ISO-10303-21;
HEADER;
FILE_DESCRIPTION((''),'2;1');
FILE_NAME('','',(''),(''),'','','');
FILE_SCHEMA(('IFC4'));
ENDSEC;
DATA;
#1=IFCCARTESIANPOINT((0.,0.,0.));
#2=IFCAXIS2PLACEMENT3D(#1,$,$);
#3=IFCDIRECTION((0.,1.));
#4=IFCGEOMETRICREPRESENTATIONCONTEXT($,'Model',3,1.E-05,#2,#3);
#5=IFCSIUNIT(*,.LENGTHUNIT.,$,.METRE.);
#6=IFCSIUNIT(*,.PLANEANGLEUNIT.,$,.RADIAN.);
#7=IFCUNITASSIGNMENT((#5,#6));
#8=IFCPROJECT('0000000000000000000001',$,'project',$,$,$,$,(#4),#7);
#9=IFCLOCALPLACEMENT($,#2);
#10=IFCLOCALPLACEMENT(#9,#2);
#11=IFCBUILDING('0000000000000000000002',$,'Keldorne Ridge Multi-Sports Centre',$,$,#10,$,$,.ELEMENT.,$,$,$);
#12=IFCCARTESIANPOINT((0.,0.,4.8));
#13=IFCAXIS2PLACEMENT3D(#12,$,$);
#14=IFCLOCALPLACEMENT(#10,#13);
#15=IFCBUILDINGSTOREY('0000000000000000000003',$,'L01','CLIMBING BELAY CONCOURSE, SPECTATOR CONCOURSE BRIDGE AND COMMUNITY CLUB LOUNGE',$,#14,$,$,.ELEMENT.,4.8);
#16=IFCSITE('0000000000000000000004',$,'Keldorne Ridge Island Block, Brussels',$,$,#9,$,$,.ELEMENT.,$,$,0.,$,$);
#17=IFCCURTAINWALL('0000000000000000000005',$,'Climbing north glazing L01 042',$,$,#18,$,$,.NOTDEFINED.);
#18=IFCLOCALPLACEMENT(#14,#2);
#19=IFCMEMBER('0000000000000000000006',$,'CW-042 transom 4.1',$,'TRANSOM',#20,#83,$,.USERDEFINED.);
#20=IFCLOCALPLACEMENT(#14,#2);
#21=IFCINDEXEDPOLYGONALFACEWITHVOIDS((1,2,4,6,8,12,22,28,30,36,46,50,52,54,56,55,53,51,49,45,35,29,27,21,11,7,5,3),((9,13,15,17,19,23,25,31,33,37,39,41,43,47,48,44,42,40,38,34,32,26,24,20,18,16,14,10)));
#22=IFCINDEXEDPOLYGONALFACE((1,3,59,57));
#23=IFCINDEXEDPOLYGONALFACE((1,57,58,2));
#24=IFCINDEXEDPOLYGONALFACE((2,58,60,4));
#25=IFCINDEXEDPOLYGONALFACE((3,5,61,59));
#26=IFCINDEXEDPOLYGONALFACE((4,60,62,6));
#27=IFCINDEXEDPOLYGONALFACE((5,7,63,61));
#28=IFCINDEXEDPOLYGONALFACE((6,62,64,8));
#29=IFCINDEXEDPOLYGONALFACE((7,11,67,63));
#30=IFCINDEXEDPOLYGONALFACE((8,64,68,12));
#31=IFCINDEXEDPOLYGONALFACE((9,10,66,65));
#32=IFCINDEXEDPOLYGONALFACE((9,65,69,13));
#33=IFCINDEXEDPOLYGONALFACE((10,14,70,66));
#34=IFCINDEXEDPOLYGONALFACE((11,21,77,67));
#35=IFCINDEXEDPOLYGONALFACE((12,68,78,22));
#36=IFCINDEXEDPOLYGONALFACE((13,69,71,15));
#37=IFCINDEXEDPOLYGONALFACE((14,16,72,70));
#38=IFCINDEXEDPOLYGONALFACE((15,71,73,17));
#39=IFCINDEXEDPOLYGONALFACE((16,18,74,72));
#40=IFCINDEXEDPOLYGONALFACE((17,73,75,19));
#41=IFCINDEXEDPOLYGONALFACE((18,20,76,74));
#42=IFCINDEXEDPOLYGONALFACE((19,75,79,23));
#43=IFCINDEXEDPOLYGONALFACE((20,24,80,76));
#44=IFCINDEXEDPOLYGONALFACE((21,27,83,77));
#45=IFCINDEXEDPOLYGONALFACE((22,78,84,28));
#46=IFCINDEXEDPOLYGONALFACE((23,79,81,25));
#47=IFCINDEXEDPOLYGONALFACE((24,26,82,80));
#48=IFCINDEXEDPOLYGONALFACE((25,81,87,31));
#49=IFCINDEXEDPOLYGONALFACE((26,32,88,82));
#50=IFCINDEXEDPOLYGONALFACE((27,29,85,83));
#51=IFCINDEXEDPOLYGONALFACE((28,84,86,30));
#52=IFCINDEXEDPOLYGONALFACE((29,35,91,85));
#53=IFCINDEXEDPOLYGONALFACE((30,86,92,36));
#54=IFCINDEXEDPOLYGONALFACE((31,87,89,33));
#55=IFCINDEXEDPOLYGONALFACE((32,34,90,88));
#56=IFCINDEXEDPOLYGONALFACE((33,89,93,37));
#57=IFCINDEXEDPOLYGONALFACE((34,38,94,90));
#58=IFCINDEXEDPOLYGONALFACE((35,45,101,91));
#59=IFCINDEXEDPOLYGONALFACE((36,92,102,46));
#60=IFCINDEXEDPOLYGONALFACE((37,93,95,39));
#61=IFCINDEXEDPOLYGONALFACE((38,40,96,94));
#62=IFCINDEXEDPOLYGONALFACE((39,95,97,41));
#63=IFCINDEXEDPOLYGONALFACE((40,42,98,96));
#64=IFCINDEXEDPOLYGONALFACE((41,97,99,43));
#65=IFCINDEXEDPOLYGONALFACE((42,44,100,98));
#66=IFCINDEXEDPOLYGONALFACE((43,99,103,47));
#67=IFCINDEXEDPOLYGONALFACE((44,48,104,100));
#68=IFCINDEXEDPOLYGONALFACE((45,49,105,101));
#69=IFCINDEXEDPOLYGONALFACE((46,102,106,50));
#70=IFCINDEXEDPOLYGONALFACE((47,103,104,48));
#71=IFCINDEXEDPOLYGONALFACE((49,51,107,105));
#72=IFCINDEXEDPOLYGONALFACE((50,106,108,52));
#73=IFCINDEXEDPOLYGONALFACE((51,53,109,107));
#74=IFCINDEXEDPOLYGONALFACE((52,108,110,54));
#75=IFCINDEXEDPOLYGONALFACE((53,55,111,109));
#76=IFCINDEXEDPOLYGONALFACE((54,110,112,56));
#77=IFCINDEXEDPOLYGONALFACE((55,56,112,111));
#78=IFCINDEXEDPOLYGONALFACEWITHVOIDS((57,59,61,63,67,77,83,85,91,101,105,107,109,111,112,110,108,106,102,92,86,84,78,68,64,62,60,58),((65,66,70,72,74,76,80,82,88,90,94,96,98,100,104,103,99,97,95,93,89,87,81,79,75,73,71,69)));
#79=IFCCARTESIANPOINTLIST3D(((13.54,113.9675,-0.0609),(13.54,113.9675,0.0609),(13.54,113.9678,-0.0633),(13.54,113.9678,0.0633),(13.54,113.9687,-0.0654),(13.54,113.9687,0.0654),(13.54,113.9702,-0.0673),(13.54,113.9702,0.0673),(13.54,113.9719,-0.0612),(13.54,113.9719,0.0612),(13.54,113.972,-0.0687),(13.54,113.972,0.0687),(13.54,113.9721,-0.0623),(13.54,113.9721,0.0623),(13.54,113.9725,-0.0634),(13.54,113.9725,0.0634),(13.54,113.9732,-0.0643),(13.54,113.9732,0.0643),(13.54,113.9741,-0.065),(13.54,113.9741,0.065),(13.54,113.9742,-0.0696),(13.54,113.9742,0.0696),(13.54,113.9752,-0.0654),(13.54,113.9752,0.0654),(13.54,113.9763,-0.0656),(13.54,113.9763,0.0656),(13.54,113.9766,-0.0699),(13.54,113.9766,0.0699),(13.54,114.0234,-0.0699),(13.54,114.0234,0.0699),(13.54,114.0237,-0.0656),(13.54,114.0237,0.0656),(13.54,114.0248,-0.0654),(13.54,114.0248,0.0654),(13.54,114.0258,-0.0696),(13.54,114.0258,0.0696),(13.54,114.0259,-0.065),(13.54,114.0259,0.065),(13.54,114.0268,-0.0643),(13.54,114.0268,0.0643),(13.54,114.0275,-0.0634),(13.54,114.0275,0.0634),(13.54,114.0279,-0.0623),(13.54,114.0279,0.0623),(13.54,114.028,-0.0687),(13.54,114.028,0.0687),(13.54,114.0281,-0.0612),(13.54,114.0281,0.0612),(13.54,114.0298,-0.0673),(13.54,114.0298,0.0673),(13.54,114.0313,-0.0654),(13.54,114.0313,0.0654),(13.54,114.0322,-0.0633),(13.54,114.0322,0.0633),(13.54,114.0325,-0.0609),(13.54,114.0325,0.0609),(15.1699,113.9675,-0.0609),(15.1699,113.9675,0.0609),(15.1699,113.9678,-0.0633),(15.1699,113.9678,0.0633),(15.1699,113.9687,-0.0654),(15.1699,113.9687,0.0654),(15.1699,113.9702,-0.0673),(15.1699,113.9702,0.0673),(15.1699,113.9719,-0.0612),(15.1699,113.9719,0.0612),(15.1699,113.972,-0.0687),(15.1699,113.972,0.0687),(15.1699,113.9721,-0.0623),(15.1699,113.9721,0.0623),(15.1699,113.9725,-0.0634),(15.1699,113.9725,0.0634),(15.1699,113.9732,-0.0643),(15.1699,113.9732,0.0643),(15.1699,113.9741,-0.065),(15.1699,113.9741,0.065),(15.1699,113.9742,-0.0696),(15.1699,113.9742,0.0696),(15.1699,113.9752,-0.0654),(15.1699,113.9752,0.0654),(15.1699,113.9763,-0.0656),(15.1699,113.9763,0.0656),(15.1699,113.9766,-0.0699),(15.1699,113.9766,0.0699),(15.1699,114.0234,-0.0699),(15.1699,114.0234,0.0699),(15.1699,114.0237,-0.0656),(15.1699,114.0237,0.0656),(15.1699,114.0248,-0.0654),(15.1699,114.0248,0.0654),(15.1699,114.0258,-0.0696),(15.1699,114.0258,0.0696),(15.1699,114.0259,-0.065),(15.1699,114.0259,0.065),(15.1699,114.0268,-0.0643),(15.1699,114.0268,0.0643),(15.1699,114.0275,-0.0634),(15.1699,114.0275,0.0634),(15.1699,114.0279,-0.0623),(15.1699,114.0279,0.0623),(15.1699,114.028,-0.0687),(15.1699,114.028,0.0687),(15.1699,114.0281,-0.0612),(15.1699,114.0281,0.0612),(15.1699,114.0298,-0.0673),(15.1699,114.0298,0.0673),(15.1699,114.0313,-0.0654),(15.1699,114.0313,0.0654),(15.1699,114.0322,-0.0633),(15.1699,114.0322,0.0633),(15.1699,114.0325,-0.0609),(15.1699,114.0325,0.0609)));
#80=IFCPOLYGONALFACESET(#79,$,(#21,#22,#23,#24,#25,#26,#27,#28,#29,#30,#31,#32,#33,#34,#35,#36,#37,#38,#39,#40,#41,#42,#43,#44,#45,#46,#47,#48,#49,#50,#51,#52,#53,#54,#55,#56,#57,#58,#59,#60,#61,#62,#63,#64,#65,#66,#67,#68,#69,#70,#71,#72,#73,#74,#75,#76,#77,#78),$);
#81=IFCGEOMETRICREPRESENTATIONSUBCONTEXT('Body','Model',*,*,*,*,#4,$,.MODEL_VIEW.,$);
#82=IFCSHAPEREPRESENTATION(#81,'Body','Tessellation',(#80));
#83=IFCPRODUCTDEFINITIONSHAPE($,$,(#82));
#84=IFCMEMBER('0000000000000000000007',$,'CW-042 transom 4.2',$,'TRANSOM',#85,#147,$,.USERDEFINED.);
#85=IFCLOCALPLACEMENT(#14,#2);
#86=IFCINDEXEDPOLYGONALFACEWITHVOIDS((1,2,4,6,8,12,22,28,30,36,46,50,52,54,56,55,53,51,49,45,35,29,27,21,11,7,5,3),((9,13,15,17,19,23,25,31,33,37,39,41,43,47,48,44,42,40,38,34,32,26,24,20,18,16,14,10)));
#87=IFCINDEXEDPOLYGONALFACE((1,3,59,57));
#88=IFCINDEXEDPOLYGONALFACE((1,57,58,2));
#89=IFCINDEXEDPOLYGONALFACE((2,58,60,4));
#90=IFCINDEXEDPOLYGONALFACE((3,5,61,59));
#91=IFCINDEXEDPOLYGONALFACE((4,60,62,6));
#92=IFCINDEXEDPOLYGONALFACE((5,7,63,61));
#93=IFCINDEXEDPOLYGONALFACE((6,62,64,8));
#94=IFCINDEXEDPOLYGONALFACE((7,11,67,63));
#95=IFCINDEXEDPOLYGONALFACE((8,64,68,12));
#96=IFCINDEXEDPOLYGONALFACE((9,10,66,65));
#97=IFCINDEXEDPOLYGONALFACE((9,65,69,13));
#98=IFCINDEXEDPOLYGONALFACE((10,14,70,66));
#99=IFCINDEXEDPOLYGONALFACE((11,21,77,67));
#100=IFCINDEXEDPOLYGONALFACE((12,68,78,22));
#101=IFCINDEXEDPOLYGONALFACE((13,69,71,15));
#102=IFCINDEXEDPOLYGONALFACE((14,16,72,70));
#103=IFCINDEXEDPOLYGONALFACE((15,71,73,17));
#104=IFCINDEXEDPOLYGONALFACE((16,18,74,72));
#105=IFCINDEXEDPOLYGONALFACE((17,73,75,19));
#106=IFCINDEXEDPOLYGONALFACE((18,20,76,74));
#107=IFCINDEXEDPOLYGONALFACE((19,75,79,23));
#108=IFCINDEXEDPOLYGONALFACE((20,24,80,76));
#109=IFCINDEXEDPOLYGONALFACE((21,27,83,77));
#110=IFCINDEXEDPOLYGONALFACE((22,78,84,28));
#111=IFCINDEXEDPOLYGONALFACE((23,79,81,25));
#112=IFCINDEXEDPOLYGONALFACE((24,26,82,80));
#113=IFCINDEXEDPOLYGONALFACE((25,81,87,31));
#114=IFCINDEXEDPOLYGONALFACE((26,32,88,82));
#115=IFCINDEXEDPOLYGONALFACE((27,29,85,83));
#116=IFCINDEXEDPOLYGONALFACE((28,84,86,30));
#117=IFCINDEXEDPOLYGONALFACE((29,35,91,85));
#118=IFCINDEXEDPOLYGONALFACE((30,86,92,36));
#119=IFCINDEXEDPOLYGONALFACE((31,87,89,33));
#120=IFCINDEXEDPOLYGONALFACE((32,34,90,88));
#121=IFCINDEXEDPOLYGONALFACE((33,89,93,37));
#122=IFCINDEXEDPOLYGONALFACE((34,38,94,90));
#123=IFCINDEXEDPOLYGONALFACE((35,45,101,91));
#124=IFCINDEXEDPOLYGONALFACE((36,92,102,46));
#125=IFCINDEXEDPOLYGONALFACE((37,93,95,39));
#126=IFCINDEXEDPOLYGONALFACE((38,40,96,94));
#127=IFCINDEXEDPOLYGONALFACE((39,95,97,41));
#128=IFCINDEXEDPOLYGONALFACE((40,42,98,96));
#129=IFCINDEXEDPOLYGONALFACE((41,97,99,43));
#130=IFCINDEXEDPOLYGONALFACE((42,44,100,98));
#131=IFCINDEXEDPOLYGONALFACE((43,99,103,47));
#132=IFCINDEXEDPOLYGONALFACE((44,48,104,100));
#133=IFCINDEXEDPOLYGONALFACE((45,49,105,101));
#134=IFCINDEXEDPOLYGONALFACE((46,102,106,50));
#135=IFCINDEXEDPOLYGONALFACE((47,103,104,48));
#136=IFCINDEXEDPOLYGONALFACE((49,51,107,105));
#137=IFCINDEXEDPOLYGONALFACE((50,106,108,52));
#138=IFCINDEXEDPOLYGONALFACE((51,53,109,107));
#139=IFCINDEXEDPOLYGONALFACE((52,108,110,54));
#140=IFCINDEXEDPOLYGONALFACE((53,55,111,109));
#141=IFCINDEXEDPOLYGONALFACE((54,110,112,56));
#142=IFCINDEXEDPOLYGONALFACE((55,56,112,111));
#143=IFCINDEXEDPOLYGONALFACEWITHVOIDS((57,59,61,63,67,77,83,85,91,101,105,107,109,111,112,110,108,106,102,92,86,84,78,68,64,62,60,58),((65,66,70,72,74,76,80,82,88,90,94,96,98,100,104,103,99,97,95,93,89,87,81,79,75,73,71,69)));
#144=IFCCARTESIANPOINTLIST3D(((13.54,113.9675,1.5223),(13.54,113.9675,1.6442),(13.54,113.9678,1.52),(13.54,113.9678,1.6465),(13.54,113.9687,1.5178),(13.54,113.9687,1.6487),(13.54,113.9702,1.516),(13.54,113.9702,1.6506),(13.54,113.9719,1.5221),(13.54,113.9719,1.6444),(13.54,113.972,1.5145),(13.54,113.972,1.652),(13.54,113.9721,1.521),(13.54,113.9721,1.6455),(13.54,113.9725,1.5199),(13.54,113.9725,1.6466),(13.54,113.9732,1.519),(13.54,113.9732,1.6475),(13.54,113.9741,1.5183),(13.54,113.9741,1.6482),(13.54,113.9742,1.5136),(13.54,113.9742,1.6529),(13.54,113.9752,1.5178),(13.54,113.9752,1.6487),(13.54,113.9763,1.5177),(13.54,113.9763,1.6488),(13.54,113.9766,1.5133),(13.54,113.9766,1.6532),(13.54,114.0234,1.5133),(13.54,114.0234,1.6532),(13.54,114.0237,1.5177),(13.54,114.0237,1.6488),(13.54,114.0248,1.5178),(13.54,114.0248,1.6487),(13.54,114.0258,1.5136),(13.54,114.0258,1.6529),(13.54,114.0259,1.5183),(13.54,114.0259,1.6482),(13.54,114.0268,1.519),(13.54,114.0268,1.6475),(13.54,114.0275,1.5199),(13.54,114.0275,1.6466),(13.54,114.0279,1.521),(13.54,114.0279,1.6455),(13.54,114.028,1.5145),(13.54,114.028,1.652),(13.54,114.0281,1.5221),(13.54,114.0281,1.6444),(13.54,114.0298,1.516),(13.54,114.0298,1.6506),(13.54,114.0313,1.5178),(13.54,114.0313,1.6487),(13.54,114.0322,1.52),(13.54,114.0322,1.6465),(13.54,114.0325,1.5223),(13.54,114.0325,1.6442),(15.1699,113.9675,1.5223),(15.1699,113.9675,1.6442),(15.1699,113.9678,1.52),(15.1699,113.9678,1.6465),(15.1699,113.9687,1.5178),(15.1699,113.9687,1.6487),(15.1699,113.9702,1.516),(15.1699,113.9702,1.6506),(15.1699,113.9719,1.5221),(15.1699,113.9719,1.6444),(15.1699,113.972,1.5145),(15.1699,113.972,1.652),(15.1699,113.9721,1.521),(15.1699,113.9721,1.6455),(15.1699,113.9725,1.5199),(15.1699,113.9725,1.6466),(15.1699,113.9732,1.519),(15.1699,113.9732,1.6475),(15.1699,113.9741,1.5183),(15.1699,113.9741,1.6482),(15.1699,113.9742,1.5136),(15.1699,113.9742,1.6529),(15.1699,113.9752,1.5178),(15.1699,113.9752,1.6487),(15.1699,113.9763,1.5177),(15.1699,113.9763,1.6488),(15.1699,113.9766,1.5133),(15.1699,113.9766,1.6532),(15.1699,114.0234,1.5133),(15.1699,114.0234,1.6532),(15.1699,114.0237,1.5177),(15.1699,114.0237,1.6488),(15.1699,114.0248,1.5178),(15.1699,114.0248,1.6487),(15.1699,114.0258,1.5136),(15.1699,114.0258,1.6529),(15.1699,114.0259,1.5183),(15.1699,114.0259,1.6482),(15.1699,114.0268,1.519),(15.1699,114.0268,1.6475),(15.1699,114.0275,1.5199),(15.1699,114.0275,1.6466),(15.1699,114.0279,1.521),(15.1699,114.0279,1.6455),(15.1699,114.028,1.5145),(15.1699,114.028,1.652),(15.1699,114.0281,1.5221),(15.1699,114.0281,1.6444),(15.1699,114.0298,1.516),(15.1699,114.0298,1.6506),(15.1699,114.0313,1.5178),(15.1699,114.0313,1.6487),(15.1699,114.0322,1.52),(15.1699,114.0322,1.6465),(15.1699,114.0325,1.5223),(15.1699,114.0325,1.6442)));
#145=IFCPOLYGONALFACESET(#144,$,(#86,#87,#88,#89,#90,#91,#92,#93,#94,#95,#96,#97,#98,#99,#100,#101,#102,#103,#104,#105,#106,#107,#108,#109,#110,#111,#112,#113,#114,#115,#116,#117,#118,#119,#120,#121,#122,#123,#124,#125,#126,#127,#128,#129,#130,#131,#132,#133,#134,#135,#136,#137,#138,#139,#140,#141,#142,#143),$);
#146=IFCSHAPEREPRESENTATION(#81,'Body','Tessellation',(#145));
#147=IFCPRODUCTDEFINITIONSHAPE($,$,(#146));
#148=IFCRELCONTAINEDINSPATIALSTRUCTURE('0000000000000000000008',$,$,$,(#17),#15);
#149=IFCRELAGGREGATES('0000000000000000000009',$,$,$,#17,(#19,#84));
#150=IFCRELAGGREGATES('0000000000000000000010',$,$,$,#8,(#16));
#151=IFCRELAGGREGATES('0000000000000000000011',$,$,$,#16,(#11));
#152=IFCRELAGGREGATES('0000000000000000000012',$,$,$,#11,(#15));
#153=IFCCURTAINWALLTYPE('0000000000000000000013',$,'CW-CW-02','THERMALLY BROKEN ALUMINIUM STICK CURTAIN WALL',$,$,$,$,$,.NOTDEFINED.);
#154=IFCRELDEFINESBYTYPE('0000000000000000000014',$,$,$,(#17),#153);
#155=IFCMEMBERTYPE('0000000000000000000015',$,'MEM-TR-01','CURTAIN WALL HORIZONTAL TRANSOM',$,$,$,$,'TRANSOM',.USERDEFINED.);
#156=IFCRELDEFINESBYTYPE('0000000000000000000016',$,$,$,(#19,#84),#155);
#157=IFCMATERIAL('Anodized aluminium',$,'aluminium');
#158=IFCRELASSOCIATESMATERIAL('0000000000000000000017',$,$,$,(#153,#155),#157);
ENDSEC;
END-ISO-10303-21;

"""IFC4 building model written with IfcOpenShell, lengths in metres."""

from ifc_helpers import new_model, si_unit, direction, frame, origin, origin_2d, place, context, subcontext, project, spatial, hollow_rectangle, extrude, material, material_profile, profile_set, type_object, element, aggregate, save


model = new_model("IFC4")

# Units and contexts
model_context = context("Model", 3, precision=1e-05, world=origin(), true_north=direction((0.0, 1.0)))
body_context = subcontext(model_context, "Body", "Model", "MODEL_VIEW")
ifc_project = project(units=[si_unit("LENGTHUNIT", "METRE"), si_unit("PLANEANGLEUNIT", "RADIAN")], contexts=[model_context])

# Site, building, storey
site_placement = place(None, origin())
site = spatial("IfcSite", under=ifc_project, at=site_placement, Name="Keldorne Ridge Island Block, Brussels", CompositionType="ELEMENT", RefElevation=0.0)
building_placement = place(site_placement, origin())
building = spatial("IfcBuilding", under=site, at=building_placement, Name="Keldorne Ridge Multi-Sports Centre", CompositionType="ELEMENT")
storey_placement = place(building_placement, frame((0.0, 0.0, 4.8)))
storey = spatial("IfcBuildingStorey", under=building, at=storey_placement, Name="L01", Description="CLIMBING BELAY CONCOURSE, SPECTATOR CONCOURSE BRIDGE AND COMMUNITY CLUB LOUNGE", CompositionType="ELEMENT", Elevation=4.8)

# Curtain wall
ifc_material_1 = material(Name="Anodized aluminium", Category="aluminium")
curtain_wall_type_1 = type_object("IfcCurtainWallType", Name="CW-CW-02", Description="THERMALLY BROKEN ALUMINIUM STICK CURTAIN WALL", PredefinedType="NOTDEFINED", material=ifc_material_1)
curtain_wall_1_placement = place(storey_placement, origin())
curtain_wall_1 = element("IfcCurtainWall", 1, at=curtain_wall_1_placement, inside=storey, type_object=curtain_wall_type_1, Name="Climbing north glazing L01 042", PredefinedType="NOTDEFINED")

# Members
ifc_material_profile_1 = material_profile(ifc_material_1, hollow_rectangle(XDim=0.0649, YDim=0.1399, WallThickness=0.0044, InnerFilletRadius=0.0044, OuterFilletRadius=0.009, at=origin_2d()), Name="ALU TRANSOM 140x65x4.5")
ifc_profile_set_1 = profile_set([ifc_material_profile_1], Name="Anodized aluminium")
member_type_1 = type_object("IfcMemberType", Name="MEM-TR-01", Description="CURTAIN WALL HORIZONTAL TRANSOM", ElementType="TRANSOM", PredefinedType="USERDEFINED", material=ifc_profile_set_1)
member_1_placement = place(storey_placement, frame((15.1699, 114.0, 0.0), z_axis=(-1.0, 0.0, 0.0), x_axis=(0.0, -1.0, 0.0)))
member_1 = element("IfcMember", 2, at=member_1_placement, type_object=member_type_1, Name="CW-042 transom 4.1", ObjectType="TRANSOM", PredefinedType="USERDEFINED", context=body_context, shape_type="SweptSolid", body=[
    extrude(hollow_rectangle(XDim=0.0649, YDim=0.1399, WallThickness=0.0044, InnerFilletRadius=0.0044, OuterFilletRadius=0.009, at=origin_2d()), origin(), (0.0, 0.0, 1.0), 1.6299),
])
member_2_placement = place(storey_placement, frame((15.1699, 114.0, 1.5833), z_axis=(-1.0, 0.0, 0.0), x_axis=(0.0, -1.0, 0.0)))
member_2 = element("IfcMember", 3, at=member_2_placement, type_object=member_type_1, Name="CW-042 transom 4.2", ObjectType="TRANSOM", PredefinedType="USERDEFINED", context=body_context, shape_type="SweptSolid", body=[
    extrude(hollow_rectangle(XDim=0.0649, YDim=0.1399, WallThickness=0.0044, InnerFilletRadius=0.0044, OuterFilletRadius=0.009, at=origin_2d()), origin(), (0.0, 0.0, 1.0), 1.6299),
])

aggregate(curtain_wall_1, [member_1, member_2])

save(model, "model.ifc")
